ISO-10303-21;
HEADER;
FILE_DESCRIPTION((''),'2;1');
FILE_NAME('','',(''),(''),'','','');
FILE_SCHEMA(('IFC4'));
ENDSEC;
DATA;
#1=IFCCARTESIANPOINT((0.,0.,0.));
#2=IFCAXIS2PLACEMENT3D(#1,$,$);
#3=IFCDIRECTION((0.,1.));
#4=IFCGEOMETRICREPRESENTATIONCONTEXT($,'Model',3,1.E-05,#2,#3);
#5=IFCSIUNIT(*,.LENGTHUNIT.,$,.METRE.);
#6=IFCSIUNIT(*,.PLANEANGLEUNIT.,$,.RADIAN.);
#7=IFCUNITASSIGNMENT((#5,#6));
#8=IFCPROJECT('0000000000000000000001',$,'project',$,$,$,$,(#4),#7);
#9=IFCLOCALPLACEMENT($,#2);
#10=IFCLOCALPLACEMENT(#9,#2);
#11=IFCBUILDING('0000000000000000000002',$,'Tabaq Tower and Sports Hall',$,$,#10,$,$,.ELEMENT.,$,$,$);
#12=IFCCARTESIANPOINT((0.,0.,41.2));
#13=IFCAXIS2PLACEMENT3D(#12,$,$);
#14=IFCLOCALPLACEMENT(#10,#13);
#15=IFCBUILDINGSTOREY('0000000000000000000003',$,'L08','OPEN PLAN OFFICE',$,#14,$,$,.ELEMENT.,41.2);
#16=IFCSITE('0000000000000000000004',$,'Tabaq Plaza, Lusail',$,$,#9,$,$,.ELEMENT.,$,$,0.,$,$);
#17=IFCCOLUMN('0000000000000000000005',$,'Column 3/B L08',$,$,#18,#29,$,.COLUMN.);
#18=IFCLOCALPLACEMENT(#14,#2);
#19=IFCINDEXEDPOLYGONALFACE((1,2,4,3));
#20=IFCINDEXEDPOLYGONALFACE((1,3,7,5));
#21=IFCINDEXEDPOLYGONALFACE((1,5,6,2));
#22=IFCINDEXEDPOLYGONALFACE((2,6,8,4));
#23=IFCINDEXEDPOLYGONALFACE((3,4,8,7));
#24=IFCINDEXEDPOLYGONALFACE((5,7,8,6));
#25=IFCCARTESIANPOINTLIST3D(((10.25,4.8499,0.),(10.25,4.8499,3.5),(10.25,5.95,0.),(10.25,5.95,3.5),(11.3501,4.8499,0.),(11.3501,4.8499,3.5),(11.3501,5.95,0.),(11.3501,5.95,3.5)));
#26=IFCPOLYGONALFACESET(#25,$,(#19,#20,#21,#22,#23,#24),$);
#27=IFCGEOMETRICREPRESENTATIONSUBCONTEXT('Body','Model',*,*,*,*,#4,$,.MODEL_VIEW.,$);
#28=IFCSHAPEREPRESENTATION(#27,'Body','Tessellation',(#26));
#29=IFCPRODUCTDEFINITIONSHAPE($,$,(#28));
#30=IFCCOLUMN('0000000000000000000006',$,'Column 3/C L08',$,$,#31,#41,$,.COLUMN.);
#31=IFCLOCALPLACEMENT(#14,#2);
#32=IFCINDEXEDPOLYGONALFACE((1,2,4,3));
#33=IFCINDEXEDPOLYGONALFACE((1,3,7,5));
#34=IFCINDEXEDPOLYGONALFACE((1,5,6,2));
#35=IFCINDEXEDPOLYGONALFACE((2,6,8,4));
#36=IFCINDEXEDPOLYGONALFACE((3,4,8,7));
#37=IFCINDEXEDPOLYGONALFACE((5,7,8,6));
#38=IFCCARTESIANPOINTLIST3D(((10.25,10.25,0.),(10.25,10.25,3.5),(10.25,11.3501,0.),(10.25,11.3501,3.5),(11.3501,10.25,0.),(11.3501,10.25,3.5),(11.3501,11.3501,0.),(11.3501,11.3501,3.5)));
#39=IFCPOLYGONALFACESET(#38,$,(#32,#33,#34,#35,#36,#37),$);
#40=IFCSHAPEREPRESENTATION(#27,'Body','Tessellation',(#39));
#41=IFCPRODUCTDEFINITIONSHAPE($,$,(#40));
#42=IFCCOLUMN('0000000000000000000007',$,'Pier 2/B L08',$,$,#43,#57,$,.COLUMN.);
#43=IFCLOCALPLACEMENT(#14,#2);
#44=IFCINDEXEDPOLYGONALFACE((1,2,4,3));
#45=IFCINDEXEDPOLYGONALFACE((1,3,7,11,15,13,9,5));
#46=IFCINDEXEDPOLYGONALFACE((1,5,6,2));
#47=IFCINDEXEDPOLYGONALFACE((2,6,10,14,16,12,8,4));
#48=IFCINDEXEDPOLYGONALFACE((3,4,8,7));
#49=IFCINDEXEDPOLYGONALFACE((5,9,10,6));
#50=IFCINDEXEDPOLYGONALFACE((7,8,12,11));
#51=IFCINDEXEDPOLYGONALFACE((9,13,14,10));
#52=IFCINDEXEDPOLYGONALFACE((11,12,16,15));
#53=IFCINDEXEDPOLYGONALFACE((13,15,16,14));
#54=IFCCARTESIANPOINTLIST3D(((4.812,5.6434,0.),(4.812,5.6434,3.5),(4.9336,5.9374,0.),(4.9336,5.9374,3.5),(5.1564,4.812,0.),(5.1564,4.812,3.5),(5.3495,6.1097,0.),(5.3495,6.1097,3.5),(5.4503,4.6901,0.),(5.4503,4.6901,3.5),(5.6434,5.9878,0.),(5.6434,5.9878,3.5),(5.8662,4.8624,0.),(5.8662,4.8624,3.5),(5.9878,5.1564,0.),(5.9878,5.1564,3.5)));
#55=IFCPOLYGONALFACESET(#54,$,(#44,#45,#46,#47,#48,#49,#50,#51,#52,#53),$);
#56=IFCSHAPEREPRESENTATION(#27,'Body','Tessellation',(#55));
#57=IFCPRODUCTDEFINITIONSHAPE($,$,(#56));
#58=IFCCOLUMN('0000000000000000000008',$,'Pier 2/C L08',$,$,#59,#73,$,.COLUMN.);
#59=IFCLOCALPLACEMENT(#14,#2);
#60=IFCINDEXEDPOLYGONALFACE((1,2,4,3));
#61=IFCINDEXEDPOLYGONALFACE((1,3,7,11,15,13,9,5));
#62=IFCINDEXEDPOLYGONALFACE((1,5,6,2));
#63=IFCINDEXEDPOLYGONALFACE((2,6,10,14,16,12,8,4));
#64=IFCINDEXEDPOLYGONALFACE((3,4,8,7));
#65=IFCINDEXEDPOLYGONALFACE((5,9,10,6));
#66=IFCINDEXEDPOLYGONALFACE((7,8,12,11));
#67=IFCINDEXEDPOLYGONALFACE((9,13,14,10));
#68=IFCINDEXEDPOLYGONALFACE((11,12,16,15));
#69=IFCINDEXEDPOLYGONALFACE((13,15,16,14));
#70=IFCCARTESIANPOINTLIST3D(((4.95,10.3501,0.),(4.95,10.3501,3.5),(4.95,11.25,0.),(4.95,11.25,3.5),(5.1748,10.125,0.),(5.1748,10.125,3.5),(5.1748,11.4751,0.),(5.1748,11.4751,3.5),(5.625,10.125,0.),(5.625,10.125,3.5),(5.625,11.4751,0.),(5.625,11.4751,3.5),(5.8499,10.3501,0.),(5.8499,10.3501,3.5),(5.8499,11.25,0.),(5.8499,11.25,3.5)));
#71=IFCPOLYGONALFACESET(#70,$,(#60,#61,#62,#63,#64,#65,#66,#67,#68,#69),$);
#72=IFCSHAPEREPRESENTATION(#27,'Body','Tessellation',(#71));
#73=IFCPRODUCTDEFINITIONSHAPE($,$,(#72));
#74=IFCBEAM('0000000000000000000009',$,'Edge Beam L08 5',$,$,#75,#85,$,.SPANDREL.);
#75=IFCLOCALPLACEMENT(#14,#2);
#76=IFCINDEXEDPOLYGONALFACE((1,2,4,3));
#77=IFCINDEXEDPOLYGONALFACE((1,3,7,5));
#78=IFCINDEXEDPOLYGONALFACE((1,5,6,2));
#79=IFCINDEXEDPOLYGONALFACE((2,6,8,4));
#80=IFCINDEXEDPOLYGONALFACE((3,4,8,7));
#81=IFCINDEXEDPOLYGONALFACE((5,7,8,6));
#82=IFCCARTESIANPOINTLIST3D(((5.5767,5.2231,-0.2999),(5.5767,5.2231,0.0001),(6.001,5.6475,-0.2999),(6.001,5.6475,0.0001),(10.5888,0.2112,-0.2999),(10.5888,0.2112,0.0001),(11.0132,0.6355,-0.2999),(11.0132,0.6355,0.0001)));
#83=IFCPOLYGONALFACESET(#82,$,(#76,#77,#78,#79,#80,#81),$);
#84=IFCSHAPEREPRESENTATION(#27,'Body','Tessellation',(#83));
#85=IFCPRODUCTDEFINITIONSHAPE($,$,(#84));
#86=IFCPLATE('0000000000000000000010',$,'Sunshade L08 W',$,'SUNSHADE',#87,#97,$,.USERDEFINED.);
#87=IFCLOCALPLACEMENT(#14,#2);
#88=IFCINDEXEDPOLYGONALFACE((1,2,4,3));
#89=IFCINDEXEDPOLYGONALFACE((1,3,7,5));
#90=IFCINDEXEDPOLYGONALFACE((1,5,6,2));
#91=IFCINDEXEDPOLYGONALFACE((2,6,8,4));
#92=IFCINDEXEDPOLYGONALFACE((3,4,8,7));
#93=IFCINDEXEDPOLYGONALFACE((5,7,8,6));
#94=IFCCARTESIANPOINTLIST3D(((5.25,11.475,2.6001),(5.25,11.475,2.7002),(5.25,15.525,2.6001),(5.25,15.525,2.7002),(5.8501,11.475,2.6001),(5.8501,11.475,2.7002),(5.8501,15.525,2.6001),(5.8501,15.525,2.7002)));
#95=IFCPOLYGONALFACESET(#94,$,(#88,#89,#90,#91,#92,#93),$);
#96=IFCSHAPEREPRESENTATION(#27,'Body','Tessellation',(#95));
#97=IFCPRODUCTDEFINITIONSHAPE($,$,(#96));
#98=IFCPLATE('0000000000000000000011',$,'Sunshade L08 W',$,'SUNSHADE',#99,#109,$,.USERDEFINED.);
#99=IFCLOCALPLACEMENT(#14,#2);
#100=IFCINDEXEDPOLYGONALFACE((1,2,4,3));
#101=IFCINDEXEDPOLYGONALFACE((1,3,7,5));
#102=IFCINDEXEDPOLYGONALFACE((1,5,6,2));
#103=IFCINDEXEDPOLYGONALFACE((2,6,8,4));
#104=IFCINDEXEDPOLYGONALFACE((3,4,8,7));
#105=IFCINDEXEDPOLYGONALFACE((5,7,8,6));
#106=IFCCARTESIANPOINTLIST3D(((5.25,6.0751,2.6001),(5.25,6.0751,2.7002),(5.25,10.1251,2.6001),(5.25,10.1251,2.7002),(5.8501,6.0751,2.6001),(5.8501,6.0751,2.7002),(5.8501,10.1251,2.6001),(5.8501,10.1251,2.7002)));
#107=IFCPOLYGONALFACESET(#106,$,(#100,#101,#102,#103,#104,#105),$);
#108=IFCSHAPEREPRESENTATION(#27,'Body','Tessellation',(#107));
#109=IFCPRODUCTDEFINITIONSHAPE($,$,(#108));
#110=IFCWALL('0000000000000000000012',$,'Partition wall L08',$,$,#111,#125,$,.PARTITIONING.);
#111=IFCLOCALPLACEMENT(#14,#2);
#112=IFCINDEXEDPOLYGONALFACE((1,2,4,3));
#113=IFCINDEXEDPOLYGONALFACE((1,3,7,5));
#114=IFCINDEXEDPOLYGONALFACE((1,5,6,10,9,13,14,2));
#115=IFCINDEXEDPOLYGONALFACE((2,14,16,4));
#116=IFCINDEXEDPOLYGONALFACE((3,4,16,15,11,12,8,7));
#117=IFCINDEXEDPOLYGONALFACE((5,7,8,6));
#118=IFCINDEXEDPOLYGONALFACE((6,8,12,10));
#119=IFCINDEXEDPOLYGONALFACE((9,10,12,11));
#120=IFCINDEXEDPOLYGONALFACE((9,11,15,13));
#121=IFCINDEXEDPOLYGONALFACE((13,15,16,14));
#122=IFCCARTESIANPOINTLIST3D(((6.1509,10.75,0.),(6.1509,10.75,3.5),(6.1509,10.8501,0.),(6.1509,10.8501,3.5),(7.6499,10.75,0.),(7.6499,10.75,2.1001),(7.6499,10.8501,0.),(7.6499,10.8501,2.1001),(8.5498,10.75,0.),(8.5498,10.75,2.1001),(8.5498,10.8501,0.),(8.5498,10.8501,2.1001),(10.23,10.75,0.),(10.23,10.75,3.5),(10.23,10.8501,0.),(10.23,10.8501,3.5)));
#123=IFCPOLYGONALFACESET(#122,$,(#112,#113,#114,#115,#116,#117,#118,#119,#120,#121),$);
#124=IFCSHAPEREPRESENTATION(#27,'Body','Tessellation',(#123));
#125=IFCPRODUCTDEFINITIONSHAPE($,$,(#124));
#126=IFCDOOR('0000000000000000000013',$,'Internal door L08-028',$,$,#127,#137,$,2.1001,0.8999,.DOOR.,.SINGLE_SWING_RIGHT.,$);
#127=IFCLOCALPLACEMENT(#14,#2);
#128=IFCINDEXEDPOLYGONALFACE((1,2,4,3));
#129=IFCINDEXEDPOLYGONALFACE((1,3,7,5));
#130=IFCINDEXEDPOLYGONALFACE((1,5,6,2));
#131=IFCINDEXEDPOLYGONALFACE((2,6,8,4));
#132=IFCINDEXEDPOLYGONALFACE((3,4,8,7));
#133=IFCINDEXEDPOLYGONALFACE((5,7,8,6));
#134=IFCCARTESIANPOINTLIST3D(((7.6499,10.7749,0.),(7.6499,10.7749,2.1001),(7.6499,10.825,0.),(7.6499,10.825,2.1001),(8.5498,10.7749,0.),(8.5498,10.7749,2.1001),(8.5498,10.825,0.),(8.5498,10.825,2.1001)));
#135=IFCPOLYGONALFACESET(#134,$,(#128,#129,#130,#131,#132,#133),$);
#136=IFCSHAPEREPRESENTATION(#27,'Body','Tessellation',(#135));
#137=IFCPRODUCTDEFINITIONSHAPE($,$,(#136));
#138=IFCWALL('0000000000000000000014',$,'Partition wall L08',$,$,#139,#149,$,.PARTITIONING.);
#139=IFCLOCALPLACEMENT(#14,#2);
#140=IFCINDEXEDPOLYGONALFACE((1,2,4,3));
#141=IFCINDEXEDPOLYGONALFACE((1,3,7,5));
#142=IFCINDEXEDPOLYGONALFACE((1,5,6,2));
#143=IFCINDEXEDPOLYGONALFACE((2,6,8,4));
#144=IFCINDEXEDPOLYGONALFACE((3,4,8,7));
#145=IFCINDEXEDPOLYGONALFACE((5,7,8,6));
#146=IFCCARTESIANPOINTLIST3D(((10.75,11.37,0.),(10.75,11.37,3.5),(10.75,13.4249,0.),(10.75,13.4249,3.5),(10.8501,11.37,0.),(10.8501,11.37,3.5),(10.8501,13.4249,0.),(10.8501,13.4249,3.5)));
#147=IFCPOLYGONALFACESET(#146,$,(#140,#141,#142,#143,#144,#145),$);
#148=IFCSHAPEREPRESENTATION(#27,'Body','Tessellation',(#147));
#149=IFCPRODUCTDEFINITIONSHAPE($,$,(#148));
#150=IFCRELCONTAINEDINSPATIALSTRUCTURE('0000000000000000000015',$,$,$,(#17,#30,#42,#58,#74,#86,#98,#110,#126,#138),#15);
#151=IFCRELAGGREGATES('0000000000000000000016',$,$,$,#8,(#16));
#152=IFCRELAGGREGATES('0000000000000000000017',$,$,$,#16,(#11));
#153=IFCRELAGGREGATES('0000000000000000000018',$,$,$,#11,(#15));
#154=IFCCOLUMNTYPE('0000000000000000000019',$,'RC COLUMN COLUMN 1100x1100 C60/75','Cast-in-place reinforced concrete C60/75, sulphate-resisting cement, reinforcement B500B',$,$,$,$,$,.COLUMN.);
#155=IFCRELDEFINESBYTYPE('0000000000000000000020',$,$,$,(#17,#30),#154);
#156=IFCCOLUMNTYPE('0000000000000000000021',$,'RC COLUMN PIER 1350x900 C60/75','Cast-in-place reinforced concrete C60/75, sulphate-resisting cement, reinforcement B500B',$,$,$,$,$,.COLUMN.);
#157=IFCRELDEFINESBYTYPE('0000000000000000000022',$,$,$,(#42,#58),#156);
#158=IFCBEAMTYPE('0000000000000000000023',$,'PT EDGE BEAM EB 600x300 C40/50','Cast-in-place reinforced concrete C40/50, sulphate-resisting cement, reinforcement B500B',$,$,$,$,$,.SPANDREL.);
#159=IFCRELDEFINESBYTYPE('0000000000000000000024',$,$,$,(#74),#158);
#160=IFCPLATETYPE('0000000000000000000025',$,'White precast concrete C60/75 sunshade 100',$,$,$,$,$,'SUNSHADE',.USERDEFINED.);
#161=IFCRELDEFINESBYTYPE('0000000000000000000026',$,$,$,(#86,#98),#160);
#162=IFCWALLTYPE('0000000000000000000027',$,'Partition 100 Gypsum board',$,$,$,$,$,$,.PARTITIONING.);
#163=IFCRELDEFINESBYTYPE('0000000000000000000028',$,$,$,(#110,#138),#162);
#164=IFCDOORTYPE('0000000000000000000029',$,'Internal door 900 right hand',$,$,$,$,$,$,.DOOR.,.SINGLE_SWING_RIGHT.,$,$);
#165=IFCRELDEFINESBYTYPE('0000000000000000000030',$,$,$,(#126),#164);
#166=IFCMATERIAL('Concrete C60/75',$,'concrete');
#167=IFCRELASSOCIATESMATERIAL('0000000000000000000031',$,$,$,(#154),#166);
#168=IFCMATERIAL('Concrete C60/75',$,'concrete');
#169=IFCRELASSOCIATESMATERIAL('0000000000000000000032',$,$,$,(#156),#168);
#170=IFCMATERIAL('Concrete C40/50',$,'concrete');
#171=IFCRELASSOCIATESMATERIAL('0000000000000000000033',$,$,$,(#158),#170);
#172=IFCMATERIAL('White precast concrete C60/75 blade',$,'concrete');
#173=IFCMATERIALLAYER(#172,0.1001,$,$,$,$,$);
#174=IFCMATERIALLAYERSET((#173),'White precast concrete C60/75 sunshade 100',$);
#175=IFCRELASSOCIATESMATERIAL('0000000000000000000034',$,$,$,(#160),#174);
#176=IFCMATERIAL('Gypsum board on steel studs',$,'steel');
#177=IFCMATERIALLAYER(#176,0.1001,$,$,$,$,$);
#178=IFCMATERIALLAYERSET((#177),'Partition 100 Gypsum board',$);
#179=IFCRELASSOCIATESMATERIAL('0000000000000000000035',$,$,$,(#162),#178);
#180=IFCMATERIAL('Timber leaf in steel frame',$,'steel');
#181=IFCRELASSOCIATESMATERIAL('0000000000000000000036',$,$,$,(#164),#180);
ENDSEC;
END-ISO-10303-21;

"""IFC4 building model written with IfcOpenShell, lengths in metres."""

from ifc_helpers import new_model, si_unit, direction, frame, frame_2d, origin, origin_2d, place, context, subcontext, project, spatial, polyline, rectangle, outline, extrude, material, layer, layer_set, material_profile, profile_set, type_object, element, fill, save


model = new_model("IFC4")

# Units and contexts
model_context = context("Model", 3, precision=1e-05, world=origin(), true_north=direction((0.0, 1.0)))
body_context = subcontext(model_context, "Body", "Model", "MODEL_VIEW")
ifc_project = project(units=[si_unit("LENGTHUNIT", "METRE"), si_unit("PLANEANGLEUNIT", "RADIAN")], contexts=[model_context])

# Site, building, storey
site_placement = place(None, origin())
site = spatial("IfcSite", under=ifc_project, at=site_placement, Name="Tabaq Plaza, Lusail", CompositionType="ELEMENT", RefElevation=0.0)
building_placement = place(site_placement, origin())
building = spatial("IfcBuilding", under=site, at=building_placement, Name="Tabaq Tower and Sports Hall", CompositionType="ELEMENT")
storey_placement = place(building_placement, frame((0.0, 0.0, 41.2)))
storey = spatial("IfcBuildingStorey", under=building, at=storey_placement, Name="L08", Description="OPEN PLAN OFFICE", CompositionType="ELEMENT", Elevation=41.2)

# Columns
ifc_material_1 = material(Name="Concrete C60/75", Category="concrete")
ifc_material_profile_1 = material_profile(ifc_material_1, rectangle(XDim=1.1001, YDim=1.1001, at=origin_2d()), Name="COLUMN 1100x1100")
ifc_profile_set_1 = profile_set([ifc_material_profile_1], Name="Concrete C60/75")
column_type_1 = type_object("IfcColumnType", Name="RC COLUMN COLUMN 1100x1100 C60/75", Description="Cast-in-place reinforced concrete C60/75, sulphate-resisting cement, reinforcement B500B", PredefinedType="COLUMN", material=ifc_profile_set_1)
for number, where, z_axis, x_axis, name in (
    (1, (10.8, 5.3999, 0.0), (0.0, 0.0, 1.0), (1.0, 0.0, 0.0), "Column 3/B L08"),
    (2, (10.8, 10.8, 0.0), (0.0, 0.0, 1.0), (1.0, 0.0, 0.0), "Column 3/C L08"),
):
    element("IfcColumn", number, at=place(storey_placement, frame(where, z_axis=z_axis, x_axis=x_axis)), inside=storey, type_object=column_type_1, Name=name, PredefinedType="COLUMN", context=body_context, shape_type="SweptSolid", body=[
        extrude(rectangle(XDim=1.1001, YDim=1.1001, at=origin_2d()), origin(), (0.0, 0.0, 1.0), 3.5),
    ])
ifc_material_2 = material(Name="Concrete C60/75", Category="concrete")
ifc_material_profile_2 = material_profile(ifc_material_2, outline(polyline([(-0.45, -0.45), (0.45, -0.45), (0.675, -0.2251), (0.675, 0.2251), (0.45, 0.45), (-0.45, 0.45), (-0.675, 0.2251), (-0.675, -0.2251), (-0.45, -0.45)])), Name="PIER 1350x900")
ifc_profile_set_2 = profile_set([ifc_material_profile_2], Name="Concrete C60/75")
column_type_2 = type_object("IfcColumnType", Name="RC COLUMN PIER 1350x900 C60/75", Description="Cast-in-place reinforced concrete C60/75, sulphate-resisting cement, reinforcement B500B", PredefinedType="COLUMN", material=ifc_profile_set_2)
for number, where, z_axis, x_axis, name in (
    (3, (5.3999, 5.3999, 0.0), (0.0, 0.0, 1.0), (-0.382683, 0.92388, 0.0), "Pier 2/B L08"),
    (4, (5.3999, 10.8, 0.0), (0.0, 0.0, 1.0), (0.0, 1.0, 0.0), "Pier 2/C L08"),
):
    element("IfcColumn", number, at=place(storey_placement, frame(where, z_axis=z_axis, x_axis=x_axis)), inside=storey, type_object=column_type_2, Name=name, PredefinedType="COLUMN", context=body_context, shape_type="SweptSolid", body=[
        extrude(outline(polyline([(-0.45, -0.45), (0.45, -0.45), (0.675, -0.2251), (0.675, 0.2251), (0.45, 0.45), (-0.45, 0.45), (-0.675, 0.2251), (-0.675, -0.2251), (-0.45, -0.45)])), origin(), (0.0, 0.0, 1.0), 3.5),
    ])

# Beam
ifc_material_3 = material(Name="Concrete C40/50", Category="concrete")
ifc_material_profile_3 = material_profile(ifc_material_3, rectangle(XDim=0.6001, YDim=0.3, at=origin_2d()), Name="EB 600x300")
ifc_profile_set_3 = profile_set([ifc_material_profile_3], Name="Concrete C40/50")
beam_type = type_object("IfcBeamType", Name="PT EDGE BEAM EB 600x300 C40/50", Description="Cast-in-place reinforced concrete C40/50, sulphate-resisting cement, reinforcement B500B", PredefinedType="SPANDREL", material=ifc_profile_set_3)
beam_placement = place(storey_placement, frame((5.7888, 5.4353, -0.1499), z_axis=(0.707124, -0.70709, 0.0), x_axis=(0.70709, 0.707124, 0.0)))
element("IfcBeam", 5, at=beam_placement, inside=storey, type_object=beam_type, Name="Edge Beam L08 5", PredefinedType="SPANDREL", context=body_context, shape_type="SweptSolid", body=[
    extrude(rectangle(XDim=0.6001, YDim=0.3, at=origin_2d()), origin(), (0.0, 0.0, 1.0), 7.0881),
])

# Plates
ifc_material_4 = material(Name="White precast concrete C60/75 blade", Category="concrete")
ifc_layer_1 = layer(ifc_material_4, 0.1001)
ifc_layer_set_1 = layer_set([ifc_layer_1], Name="White precast concrete C60/75 sunshade 100")
plate_type = type_object("IfcPlateType", Name="White precast concrete C60/75 sunshade 100", ElementType="SUNSHADE", PredefinedType="USERDEFINED", material=ifc_layer_set_1)
for number, where, z_axis, x_axis, name in (
    (6, (5.55, 13.5, 2.6001), (0.0, 0.0, 1.0), (0.0, -1.0, 0.0), "Sunshade L08 W"),
    (7, (5.55, 8.1001, 2.6001), (0.0, 0.0, 1.0), (0.0, -1.0, 0.0), "Sunshade L08 W"),
):
    element("IfcPlate", number, at=place(storey_placement, frame(where, z_axis=z_axis, x_axis=x_axis)), inside=storey, type_object=plate_type, Name=name, ObjectType="SUNSHADE", PredefinedType="USERDEFINED", context=body_context, shape_type="SweptSolid", body=[
        extrude(rectangle(XDim=4.05, YDim=0.6001, at=origin_2d()), origin(), (0.0, 0.0, 1.0), 0.1001),
    ])

# Wall, opening, door
ifc_material_5 = material(Name="Gypsum board on steel studs", Category="steel")
ifc_layer_2 = layer(ifc_material_5, 0.1001)
ifc_layer_set_2 = layer_set([ifc_layer_2], Name="Partition 100 Gypsum board")
wall_type_1 = type_object("IfcWallType", Name="Partition 100 Gypsum board", PredefinedType="PARTITIONING", material=ifc_layer_set_2)
wall_1_placement = place(storey_placement, frame((6.1509, 10.8, 0.0), z_axis=(0.0, 0.0, 1.0), x_axis=(1.0, 0.0, 0.0)))
wall_1 = element("IfcWall", 8, at=wall_1_placement, inside=storey, type_object=wall_type_1, Name="Partition wall L08", PredefinedType="PARTITIONING", context=body_context, shape_type="SweptSolid", body=[
    extrude(rectangle(XDim=4.0791, YDim=0.1001, at=frame_2d((2.0396, 0.0))), origin(), (0.0, 0.0, 1.0), 3.5),
])
opening_1_placement = place(wall_1_placement, frame((1.499, 0.0, 0.0)))
opening_1 = element("IfcOpeningElement", 9, at=opening_1_placement, cuts=wall_1, PredefinedType="OPENING", context=body_context, shape_type="SweptSolid", body=[
    extrude(rectangle(XDim=0.8999, YDim=2.1001, at=frame_2d((0.45, 1.05))), frame((0.0, 0.05, 0.0), z_axis=(0.0, -1.0, 0.0), x_axis=(1.0, 0.0, 0.0)), (0.0, 0.0, 1.0), 0.1001),
])
ifc_material_6 = material(Name="Timber leaf in steel frame", Category="steel")
door_type_1 = type_object("IfcDoorType", Name="Internal door 900 right hand", OperationType="SINGLE_SWING_RIGHT", PredefinedType="DOOR", material=ifc_material_6)
door_1_placement = place(opening_1_placement, origin())
door_1 = element("IfcDoor", 10, at=door_1_placement, inside=storey, type_object=door_type_1, Name="Internal door L08-028", OperationType="SINGLE_SWING_RIGHT", OverallHeight=2.1001, OverallWidth=0.8999, PredefinedType="DOOR", context=body_context, shape_type="SweptSolid", body=[
    extrude(rectangle(XDim=0.8999, YDim=2.1001, at=frame_2d((0.45, 1.05))), frame((0.0, 0.0249, 0.0), z_axis=(0.0, -1.0, 0.0), x_axis=(1.0, 0.0, 0.0)), (0.0, 0.0, 1.0), 0.05),
])
fill(opening_1, door_1)

# Wall
wall_2_placement = place(storey_placement, frame((10.8, 11.3701, 0.0), z_axis=(0.0, 0.0, 1.0), x_axis=(0.0, 1.0, 0.0)))
element("IfcWall", 11, at=wall_2_placement, inside=storey, type_object=wall_type_1, Name="Partition wall L08", PredefinedType="PARTITIONING", context=body_context, shape_type="SweptSolid", body=[
    extrude(rectangle(XDim=2.0549, YDim=0.1001, at=frame_2d((1.0273, 0.0))), origin(), (0.0, 0.0, 1.0), 3.5),
])

save(model, "model.ifc")
